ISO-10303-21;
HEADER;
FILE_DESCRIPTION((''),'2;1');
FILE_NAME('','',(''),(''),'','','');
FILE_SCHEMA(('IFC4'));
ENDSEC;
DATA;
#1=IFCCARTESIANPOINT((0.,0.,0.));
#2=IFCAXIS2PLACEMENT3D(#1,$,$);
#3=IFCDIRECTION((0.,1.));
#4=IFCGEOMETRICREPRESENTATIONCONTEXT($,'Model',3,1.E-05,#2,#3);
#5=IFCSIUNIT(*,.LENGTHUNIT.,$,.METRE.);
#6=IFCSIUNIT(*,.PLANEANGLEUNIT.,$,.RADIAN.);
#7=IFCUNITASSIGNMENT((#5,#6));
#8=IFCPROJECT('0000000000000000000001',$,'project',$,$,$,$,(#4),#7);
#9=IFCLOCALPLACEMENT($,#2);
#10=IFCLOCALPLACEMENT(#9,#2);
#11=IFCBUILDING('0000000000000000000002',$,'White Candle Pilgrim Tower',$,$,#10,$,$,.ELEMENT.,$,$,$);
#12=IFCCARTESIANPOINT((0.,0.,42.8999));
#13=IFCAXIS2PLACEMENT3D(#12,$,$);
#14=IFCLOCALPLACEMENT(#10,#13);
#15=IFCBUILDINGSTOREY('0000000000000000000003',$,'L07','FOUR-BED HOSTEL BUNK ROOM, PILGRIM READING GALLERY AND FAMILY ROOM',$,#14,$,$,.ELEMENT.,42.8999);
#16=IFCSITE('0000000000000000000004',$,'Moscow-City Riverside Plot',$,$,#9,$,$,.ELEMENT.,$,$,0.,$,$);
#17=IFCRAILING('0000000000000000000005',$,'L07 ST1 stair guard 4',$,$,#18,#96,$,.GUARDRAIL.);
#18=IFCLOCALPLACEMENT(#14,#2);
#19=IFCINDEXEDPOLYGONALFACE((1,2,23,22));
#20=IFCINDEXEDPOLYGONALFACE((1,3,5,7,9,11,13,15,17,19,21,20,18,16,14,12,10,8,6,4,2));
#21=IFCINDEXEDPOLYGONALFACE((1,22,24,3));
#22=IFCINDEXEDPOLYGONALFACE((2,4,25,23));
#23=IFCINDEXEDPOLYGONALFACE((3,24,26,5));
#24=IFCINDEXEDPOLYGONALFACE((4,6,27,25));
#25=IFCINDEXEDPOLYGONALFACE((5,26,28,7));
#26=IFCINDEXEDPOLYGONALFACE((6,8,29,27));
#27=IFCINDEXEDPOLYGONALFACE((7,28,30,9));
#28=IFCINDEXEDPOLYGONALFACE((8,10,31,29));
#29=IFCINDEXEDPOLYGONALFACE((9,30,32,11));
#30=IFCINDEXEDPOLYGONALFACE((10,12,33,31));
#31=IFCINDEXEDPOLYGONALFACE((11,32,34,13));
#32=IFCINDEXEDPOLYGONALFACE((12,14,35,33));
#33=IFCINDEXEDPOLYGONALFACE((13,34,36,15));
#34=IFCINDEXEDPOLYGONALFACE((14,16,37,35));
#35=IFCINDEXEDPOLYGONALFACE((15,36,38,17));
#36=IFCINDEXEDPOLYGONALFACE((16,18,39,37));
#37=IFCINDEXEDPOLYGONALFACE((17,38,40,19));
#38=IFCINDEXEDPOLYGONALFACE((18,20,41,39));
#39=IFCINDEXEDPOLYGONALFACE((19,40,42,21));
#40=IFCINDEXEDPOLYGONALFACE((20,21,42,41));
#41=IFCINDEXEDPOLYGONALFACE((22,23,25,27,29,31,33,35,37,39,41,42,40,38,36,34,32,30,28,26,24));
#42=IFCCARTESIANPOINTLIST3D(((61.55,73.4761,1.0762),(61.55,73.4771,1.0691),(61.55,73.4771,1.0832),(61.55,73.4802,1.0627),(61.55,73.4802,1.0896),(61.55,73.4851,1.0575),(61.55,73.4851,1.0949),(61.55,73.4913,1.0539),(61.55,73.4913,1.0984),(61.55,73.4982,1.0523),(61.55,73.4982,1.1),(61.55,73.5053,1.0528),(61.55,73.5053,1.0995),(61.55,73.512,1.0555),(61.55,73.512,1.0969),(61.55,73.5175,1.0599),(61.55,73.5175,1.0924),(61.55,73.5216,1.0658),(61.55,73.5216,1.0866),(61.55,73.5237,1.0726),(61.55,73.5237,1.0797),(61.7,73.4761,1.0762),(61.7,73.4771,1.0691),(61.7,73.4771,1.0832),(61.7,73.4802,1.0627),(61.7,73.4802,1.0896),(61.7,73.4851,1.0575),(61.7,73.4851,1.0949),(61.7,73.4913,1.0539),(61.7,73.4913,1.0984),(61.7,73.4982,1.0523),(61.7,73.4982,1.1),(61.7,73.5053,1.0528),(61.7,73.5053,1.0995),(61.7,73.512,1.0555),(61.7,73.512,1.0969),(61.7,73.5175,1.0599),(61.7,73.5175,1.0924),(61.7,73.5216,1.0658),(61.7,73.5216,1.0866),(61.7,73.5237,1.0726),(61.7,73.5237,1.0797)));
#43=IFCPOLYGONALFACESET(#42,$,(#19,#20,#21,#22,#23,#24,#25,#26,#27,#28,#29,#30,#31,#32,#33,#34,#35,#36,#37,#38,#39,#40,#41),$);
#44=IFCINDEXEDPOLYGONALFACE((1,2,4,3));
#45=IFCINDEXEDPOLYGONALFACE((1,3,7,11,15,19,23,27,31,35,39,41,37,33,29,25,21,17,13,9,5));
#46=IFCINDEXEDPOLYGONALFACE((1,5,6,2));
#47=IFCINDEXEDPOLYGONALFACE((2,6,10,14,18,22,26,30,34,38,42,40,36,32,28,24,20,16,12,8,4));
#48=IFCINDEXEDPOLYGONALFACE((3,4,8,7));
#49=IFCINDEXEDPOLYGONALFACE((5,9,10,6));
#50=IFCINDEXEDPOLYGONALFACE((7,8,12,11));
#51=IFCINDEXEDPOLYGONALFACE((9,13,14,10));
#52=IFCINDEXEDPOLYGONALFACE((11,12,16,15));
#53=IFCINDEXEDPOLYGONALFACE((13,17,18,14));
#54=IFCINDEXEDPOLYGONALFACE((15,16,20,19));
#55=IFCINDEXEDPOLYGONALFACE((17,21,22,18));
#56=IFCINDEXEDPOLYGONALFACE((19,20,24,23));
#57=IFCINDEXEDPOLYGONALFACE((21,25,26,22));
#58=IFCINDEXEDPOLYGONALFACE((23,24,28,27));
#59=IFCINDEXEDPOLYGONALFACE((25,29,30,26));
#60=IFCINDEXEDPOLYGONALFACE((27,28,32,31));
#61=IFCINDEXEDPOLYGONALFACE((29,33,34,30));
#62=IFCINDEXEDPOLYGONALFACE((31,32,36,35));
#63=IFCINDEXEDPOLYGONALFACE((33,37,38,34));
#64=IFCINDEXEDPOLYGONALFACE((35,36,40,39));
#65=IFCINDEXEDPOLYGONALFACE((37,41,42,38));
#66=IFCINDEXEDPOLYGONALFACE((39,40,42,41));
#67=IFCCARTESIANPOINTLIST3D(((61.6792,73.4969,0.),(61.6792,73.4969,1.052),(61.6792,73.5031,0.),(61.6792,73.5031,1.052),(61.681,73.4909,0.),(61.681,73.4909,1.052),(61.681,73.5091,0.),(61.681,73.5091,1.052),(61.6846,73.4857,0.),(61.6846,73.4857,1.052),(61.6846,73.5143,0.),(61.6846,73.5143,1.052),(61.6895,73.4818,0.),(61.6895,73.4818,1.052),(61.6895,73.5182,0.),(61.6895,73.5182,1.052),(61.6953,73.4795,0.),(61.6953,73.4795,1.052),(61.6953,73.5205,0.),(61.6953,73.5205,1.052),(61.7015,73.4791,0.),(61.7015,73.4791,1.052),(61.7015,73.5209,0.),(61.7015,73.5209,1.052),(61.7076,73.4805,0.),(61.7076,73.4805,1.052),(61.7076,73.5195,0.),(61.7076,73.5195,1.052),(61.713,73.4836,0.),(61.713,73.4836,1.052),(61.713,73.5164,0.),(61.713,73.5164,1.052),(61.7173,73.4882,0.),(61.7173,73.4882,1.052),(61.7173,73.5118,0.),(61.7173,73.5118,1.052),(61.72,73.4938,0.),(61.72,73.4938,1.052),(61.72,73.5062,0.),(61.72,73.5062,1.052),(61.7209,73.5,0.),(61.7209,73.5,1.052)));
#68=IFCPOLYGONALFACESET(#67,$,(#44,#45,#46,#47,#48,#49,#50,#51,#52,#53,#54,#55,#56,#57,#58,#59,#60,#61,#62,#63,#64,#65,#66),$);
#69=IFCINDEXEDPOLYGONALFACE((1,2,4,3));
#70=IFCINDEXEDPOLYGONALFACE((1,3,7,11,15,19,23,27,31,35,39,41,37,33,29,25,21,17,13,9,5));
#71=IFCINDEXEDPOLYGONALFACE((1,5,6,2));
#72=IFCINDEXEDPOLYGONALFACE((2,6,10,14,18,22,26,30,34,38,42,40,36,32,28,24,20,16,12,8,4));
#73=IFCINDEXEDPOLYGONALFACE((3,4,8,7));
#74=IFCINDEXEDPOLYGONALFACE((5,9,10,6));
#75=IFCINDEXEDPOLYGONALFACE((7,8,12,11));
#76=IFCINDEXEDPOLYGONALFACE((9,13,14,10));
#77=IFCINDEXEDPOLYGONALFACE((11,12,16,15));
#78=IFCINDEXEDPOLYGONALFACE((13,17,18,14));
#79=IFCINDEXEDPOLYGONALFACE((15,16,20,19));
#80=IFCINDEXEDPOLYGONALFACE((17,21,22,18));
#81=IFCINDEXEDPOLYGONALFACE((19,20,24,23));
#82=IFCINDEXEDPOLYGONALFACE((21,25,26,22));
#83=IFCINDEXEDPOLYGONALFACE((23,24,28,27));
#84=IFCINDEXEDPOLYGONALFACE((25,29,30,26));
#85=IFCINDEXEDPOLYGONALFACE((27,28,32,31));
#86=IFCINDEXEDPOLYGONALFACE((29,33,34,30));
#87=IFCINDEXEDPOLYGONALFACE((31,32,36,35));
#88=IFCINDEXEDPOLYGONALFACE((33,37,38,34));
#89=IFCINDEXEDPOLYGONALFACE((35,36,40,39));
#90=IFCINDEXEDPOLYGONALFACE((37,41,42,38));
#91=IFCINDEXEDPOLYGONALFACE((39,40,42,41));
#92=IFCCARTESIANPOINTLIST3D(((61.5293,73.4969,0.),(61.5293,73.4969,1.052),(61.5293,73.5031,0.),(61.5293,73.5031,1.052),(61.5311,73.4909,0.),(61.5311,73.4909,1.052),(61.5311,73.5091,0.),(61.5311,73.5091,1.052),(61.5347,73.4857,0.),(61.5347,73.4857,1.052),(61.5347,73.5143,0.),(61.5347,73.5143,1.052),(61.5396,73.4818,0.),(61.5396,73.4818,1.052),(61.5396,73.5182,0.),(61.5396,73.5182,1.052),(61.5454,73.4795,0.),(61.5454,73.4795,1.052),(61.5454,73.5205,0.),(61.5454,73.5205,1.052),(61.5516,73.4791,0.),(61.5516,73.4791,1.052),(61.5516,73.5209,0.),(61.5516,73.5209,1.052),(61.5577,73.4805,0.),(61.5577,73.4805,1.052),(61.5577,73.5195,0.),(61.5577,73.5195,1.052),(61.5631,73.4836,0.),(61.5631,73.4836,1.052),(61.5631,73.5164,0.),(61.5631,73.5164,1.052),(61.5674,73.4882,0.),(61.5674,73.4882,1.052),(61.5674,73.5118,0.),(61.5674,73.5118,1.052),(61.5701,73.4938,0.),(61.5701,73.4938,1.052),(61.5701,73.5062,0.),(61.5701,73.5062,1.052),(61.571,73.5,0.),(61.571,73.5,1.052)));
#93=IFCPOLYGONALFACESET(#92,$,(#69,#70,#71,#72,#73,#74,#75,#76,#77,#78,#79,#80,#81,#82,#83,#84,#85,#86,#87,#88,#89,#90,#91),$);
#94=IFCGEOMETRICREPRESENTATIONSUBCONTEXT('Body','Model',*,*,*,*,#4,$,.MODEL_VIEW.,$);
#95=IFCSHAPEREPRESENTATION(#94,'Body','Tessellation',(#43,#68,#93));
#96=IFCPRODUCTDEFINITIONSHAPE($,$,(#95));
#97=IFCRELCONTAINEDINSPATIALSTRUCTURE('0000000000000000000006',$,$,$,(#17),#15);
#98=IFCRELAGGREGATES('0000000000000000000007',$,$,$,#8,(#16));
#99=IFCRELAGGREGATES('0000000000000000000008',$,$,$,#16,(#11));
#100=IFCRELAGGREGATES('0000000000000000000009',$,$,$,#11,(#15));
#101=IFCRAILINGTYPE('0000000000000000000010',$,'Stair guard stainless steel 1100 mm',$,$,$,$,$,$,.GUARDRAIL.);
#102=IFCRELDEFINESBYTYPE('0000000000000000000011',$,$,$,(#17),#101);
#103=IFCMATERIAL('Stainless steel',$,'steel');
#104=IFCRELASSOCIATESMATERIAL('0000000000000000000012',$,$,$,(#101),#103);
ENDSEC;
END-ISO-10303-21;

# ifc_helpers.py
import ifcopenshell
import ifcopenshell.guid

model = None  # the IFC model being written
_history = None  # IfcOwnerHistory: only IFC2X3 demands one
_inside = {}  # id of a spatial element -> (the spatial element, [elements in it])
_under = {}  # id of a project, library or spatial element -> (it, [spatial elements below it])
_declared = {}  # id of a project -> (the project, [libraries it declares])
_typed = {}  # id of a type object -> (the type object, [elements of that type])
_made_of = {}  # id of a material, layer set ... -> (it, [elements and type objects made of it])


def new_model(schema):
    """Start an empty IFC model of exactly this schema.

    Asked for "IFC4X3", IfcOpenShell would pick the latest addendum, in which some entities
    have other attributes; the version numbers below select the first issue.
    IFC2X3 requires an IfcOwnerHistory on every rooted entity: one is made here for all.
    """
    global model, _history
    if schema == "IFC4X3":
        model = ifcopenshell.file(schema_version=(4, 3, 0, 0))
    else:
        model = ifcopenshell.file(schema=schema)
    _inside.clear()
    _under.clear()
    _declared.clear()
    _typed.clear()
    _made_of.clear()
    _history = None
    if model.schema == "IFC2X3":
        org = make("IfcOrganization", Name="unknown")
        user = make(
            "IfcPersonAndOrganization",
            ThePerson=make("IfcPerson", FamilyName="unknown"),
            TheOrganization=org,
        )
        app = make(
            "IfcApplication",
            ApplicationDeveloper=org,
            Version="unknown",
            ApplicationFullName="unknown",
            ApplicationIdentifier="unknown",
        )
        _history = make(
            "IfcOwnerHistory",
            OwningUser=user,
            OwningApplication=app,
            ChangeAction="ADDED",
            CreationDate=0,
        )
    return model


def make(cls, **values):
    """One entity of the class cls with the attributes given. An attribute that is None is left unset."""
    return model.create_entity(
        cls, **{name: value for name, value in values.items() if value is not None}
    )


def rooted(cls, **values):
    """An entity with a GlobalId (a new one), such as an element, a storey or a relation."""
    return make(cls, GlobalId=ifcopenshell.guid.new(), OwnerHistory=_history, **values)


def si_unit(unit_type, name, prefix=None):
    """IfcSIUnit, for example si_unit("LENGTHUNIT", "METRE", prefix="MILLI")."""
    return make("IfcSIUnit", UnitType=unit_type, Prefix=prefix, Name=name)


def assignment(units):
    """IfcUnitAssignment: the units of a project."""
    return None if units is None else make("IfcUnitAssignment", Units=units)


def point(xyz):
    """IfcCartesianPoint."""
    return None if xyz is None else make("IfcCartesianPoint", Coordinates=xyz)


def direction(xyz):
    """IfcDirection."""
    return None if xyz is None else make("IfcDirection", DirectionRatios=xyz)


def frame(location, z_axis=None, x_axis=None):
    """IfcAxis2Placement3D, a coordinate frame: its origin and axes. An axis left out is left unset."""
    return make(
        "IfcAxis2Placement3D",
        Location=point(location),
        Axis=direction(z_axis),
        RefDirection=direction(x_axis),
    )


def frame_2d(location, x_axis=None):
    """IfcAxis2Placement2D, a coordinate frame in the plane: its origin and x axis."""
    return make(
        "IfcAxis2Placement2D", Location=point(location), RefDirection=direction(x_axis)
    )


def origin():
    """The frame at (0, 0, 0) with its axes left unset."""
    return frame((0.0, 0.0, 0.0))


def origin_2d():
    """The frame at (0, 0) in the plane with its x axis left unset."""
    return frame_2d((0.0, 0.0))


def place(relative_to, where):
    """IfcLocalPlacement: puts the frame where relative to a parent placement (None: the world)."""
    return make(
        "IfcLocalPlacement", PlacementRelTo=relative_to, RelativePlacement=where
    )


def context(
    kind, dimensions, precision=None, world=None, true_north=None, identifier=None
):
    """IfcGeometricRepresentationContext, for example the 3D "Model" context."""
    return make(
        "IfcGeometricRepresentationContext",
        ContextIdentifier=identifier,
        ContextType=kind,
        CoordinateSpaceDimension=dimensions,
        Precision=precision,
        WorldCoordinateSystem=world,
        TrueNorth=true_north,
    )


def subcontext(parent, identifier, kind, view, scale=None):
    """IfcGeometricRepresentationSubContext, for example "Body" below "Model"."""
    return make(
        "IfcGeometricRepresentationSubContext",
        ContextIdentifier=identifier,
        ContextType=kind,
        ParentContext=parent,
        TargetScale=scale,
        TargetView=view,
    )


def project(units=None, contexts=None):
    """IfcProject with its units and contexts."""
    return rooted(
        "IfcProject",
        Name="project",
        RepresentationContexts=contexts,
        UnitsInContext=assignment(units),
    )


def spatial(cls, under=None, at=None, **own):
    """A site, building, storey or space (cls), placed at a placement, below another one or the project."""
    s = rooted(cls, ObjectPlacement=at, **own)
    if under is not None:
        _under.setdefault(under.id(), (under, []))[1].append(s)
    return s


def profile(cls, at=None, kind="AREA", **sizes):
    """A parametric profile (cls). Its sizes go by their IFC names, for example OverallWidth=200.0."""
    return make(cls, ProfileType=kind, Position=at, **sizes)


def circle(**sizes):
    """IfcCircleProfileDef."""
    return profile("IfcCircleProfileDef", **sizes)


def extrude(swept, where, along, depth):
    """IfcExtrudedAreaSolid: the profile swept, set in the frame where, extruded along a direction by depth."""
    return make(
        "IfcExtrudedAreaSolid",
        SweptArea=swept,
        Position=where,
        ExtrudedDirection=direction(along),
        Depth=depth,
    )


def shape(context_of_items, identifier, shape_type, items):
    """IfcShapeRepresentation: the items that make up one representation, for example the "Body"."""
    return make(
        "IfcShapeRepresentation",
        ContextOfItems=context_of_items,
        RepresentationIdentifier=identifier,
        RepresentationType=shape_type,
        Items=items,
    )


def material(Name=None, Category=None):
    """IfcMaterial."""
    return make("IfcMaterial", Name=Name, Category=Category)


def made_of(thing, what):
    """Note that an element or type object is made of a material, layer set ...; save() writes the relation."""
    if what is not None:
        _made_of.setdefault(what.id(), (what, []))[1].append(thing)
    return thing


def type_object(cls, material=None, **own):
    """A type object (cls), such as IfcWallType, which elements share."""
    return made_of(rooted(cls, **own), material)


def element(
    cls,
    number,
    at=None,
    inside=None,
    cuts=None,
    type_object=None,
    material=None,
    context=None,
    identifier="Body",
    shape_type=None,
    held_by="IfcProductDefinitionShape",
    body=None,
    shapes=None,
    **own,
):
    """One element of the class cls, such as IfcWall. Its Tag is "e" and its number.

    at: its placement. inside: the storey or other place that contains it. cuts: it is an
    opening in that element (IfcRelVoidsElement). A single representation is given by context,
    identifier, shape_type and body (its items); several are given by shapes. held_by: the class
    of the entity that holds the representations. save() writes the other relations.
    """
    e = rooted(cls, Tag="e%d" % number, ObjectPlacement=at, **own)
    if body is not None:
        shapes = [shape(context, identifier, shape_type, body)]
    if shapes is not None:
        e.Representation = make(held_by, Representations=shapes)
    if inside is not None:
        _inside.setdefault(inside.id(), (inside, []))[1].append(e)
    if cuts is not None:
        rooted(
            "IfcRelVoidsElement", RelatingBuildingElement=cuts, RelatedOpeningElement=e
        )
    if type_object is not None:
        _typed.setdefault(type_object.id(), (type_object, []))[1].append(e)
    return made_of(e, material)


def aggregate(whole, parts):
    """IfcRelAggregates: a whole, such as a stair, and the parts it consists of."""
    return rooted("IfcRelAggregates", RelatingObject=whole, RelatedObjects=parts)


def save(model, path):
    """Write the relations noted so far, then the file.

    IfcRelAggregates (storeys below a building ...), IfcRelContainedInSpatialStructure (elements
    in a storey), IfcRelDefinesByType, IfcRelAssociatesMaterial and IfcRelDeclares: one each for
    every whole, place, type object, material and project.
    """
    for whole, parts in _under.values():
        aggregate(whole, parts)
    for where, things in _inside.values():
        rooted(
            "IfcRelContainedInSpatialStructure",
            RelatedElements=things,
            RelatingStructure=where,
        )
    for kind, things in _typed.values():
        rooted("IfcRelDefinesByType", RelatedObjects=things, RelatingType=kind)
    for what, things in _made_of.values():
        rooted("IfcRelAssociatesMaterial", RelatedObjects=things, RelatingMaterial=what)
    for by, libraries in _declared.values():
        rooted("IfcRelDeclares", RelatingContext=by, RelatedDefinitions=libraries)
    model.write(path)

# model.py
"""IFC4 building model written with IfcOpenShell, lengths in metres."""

from ifc_helpers import new_model, si_unit, direction, frame, origin, origin_2d, place, context, subcontext, project, spatial, circle, extrude, material, type_object, element, save


model = new_model("IFC4")

# Units and contexts
model_context = context("Model", 3, precision=1e-05, world=origin(), true_north=direction((0.0, 1.0)))
body_context = subcontext(model_context, "Body", "Model", "MODEL_VIEW")
ifc_project = project(units=[si_unit("LENGTHUNIT", "METRE"), si_unit("PLANEANGLEUNIT", "RADIAN")], contexts=[model_context])

# Site, building, storey
site_placement = place(None, origin())
site = spatial("IfcSite", under=ifc_project, at=site_placement, Name="Moscow-City Riverside Plot", CompositionType="ELEMENT", RefElevation=0.0)
building_placement = place(site_placement, origin())
building = spatial("IfcBuilding", under=site, at=building_placement, Name="White Candle Pilgrim Tower", CompositionType="ELEMENT")
storey_placement = place(building_placement, frame((0.0, 0.0, 42.8999)))
storey = spatial("IfcBuildingStorey", under=building, at=storey_placement, Name="L07", Description="FOUR-BED HOSTEL BUNK ROOM, PILGRIM READING GALLERY AND FAMILY ROOM", CompositionType="ELEMENT", Elevation=42.8999)

# Railing
ifc_material_1 = material(Name="Stainless steel", Category="steel")
railing_type = type_object("IfcRailingType", Name="Stair guard stainless steel 1100 mm", PredefinedType="GUARDRAIL", material=ifc_material_1)
railing_1_placement = place(storey_placement, frame((61.7, 73.5, 0.0)))
element("IfcRailing", 1, at=railing_1_placement, inside=storey, type_object=railing_type, Name="L07 ST1 stair guard 4", PredefinedType="GUARDRAIL", context=body_context, shape_type="SweptSolid", body=[
    extrude(circle(Radius=0.0239, at=origin_2d()), frame((0.0, 0.0, 1.0762), z_axis=(-1.0, 0.0, 0.0), x_axis=(0.0, -1.0, 0.0)), (0.0, 0.0, 1.0), 0.1499),
    extrude(circle(Radius=0.021, at=origin_2d()), origin(), (0.0, 0.0, 1.0), 1.052),
    extrude(circle(Radius=0.021, at=origin_2d()), frame((-0.1499, 0.0, 0.0)), (0.0, 0.0, 1.0), 1.052),
])

save(model, "model.ifc")
